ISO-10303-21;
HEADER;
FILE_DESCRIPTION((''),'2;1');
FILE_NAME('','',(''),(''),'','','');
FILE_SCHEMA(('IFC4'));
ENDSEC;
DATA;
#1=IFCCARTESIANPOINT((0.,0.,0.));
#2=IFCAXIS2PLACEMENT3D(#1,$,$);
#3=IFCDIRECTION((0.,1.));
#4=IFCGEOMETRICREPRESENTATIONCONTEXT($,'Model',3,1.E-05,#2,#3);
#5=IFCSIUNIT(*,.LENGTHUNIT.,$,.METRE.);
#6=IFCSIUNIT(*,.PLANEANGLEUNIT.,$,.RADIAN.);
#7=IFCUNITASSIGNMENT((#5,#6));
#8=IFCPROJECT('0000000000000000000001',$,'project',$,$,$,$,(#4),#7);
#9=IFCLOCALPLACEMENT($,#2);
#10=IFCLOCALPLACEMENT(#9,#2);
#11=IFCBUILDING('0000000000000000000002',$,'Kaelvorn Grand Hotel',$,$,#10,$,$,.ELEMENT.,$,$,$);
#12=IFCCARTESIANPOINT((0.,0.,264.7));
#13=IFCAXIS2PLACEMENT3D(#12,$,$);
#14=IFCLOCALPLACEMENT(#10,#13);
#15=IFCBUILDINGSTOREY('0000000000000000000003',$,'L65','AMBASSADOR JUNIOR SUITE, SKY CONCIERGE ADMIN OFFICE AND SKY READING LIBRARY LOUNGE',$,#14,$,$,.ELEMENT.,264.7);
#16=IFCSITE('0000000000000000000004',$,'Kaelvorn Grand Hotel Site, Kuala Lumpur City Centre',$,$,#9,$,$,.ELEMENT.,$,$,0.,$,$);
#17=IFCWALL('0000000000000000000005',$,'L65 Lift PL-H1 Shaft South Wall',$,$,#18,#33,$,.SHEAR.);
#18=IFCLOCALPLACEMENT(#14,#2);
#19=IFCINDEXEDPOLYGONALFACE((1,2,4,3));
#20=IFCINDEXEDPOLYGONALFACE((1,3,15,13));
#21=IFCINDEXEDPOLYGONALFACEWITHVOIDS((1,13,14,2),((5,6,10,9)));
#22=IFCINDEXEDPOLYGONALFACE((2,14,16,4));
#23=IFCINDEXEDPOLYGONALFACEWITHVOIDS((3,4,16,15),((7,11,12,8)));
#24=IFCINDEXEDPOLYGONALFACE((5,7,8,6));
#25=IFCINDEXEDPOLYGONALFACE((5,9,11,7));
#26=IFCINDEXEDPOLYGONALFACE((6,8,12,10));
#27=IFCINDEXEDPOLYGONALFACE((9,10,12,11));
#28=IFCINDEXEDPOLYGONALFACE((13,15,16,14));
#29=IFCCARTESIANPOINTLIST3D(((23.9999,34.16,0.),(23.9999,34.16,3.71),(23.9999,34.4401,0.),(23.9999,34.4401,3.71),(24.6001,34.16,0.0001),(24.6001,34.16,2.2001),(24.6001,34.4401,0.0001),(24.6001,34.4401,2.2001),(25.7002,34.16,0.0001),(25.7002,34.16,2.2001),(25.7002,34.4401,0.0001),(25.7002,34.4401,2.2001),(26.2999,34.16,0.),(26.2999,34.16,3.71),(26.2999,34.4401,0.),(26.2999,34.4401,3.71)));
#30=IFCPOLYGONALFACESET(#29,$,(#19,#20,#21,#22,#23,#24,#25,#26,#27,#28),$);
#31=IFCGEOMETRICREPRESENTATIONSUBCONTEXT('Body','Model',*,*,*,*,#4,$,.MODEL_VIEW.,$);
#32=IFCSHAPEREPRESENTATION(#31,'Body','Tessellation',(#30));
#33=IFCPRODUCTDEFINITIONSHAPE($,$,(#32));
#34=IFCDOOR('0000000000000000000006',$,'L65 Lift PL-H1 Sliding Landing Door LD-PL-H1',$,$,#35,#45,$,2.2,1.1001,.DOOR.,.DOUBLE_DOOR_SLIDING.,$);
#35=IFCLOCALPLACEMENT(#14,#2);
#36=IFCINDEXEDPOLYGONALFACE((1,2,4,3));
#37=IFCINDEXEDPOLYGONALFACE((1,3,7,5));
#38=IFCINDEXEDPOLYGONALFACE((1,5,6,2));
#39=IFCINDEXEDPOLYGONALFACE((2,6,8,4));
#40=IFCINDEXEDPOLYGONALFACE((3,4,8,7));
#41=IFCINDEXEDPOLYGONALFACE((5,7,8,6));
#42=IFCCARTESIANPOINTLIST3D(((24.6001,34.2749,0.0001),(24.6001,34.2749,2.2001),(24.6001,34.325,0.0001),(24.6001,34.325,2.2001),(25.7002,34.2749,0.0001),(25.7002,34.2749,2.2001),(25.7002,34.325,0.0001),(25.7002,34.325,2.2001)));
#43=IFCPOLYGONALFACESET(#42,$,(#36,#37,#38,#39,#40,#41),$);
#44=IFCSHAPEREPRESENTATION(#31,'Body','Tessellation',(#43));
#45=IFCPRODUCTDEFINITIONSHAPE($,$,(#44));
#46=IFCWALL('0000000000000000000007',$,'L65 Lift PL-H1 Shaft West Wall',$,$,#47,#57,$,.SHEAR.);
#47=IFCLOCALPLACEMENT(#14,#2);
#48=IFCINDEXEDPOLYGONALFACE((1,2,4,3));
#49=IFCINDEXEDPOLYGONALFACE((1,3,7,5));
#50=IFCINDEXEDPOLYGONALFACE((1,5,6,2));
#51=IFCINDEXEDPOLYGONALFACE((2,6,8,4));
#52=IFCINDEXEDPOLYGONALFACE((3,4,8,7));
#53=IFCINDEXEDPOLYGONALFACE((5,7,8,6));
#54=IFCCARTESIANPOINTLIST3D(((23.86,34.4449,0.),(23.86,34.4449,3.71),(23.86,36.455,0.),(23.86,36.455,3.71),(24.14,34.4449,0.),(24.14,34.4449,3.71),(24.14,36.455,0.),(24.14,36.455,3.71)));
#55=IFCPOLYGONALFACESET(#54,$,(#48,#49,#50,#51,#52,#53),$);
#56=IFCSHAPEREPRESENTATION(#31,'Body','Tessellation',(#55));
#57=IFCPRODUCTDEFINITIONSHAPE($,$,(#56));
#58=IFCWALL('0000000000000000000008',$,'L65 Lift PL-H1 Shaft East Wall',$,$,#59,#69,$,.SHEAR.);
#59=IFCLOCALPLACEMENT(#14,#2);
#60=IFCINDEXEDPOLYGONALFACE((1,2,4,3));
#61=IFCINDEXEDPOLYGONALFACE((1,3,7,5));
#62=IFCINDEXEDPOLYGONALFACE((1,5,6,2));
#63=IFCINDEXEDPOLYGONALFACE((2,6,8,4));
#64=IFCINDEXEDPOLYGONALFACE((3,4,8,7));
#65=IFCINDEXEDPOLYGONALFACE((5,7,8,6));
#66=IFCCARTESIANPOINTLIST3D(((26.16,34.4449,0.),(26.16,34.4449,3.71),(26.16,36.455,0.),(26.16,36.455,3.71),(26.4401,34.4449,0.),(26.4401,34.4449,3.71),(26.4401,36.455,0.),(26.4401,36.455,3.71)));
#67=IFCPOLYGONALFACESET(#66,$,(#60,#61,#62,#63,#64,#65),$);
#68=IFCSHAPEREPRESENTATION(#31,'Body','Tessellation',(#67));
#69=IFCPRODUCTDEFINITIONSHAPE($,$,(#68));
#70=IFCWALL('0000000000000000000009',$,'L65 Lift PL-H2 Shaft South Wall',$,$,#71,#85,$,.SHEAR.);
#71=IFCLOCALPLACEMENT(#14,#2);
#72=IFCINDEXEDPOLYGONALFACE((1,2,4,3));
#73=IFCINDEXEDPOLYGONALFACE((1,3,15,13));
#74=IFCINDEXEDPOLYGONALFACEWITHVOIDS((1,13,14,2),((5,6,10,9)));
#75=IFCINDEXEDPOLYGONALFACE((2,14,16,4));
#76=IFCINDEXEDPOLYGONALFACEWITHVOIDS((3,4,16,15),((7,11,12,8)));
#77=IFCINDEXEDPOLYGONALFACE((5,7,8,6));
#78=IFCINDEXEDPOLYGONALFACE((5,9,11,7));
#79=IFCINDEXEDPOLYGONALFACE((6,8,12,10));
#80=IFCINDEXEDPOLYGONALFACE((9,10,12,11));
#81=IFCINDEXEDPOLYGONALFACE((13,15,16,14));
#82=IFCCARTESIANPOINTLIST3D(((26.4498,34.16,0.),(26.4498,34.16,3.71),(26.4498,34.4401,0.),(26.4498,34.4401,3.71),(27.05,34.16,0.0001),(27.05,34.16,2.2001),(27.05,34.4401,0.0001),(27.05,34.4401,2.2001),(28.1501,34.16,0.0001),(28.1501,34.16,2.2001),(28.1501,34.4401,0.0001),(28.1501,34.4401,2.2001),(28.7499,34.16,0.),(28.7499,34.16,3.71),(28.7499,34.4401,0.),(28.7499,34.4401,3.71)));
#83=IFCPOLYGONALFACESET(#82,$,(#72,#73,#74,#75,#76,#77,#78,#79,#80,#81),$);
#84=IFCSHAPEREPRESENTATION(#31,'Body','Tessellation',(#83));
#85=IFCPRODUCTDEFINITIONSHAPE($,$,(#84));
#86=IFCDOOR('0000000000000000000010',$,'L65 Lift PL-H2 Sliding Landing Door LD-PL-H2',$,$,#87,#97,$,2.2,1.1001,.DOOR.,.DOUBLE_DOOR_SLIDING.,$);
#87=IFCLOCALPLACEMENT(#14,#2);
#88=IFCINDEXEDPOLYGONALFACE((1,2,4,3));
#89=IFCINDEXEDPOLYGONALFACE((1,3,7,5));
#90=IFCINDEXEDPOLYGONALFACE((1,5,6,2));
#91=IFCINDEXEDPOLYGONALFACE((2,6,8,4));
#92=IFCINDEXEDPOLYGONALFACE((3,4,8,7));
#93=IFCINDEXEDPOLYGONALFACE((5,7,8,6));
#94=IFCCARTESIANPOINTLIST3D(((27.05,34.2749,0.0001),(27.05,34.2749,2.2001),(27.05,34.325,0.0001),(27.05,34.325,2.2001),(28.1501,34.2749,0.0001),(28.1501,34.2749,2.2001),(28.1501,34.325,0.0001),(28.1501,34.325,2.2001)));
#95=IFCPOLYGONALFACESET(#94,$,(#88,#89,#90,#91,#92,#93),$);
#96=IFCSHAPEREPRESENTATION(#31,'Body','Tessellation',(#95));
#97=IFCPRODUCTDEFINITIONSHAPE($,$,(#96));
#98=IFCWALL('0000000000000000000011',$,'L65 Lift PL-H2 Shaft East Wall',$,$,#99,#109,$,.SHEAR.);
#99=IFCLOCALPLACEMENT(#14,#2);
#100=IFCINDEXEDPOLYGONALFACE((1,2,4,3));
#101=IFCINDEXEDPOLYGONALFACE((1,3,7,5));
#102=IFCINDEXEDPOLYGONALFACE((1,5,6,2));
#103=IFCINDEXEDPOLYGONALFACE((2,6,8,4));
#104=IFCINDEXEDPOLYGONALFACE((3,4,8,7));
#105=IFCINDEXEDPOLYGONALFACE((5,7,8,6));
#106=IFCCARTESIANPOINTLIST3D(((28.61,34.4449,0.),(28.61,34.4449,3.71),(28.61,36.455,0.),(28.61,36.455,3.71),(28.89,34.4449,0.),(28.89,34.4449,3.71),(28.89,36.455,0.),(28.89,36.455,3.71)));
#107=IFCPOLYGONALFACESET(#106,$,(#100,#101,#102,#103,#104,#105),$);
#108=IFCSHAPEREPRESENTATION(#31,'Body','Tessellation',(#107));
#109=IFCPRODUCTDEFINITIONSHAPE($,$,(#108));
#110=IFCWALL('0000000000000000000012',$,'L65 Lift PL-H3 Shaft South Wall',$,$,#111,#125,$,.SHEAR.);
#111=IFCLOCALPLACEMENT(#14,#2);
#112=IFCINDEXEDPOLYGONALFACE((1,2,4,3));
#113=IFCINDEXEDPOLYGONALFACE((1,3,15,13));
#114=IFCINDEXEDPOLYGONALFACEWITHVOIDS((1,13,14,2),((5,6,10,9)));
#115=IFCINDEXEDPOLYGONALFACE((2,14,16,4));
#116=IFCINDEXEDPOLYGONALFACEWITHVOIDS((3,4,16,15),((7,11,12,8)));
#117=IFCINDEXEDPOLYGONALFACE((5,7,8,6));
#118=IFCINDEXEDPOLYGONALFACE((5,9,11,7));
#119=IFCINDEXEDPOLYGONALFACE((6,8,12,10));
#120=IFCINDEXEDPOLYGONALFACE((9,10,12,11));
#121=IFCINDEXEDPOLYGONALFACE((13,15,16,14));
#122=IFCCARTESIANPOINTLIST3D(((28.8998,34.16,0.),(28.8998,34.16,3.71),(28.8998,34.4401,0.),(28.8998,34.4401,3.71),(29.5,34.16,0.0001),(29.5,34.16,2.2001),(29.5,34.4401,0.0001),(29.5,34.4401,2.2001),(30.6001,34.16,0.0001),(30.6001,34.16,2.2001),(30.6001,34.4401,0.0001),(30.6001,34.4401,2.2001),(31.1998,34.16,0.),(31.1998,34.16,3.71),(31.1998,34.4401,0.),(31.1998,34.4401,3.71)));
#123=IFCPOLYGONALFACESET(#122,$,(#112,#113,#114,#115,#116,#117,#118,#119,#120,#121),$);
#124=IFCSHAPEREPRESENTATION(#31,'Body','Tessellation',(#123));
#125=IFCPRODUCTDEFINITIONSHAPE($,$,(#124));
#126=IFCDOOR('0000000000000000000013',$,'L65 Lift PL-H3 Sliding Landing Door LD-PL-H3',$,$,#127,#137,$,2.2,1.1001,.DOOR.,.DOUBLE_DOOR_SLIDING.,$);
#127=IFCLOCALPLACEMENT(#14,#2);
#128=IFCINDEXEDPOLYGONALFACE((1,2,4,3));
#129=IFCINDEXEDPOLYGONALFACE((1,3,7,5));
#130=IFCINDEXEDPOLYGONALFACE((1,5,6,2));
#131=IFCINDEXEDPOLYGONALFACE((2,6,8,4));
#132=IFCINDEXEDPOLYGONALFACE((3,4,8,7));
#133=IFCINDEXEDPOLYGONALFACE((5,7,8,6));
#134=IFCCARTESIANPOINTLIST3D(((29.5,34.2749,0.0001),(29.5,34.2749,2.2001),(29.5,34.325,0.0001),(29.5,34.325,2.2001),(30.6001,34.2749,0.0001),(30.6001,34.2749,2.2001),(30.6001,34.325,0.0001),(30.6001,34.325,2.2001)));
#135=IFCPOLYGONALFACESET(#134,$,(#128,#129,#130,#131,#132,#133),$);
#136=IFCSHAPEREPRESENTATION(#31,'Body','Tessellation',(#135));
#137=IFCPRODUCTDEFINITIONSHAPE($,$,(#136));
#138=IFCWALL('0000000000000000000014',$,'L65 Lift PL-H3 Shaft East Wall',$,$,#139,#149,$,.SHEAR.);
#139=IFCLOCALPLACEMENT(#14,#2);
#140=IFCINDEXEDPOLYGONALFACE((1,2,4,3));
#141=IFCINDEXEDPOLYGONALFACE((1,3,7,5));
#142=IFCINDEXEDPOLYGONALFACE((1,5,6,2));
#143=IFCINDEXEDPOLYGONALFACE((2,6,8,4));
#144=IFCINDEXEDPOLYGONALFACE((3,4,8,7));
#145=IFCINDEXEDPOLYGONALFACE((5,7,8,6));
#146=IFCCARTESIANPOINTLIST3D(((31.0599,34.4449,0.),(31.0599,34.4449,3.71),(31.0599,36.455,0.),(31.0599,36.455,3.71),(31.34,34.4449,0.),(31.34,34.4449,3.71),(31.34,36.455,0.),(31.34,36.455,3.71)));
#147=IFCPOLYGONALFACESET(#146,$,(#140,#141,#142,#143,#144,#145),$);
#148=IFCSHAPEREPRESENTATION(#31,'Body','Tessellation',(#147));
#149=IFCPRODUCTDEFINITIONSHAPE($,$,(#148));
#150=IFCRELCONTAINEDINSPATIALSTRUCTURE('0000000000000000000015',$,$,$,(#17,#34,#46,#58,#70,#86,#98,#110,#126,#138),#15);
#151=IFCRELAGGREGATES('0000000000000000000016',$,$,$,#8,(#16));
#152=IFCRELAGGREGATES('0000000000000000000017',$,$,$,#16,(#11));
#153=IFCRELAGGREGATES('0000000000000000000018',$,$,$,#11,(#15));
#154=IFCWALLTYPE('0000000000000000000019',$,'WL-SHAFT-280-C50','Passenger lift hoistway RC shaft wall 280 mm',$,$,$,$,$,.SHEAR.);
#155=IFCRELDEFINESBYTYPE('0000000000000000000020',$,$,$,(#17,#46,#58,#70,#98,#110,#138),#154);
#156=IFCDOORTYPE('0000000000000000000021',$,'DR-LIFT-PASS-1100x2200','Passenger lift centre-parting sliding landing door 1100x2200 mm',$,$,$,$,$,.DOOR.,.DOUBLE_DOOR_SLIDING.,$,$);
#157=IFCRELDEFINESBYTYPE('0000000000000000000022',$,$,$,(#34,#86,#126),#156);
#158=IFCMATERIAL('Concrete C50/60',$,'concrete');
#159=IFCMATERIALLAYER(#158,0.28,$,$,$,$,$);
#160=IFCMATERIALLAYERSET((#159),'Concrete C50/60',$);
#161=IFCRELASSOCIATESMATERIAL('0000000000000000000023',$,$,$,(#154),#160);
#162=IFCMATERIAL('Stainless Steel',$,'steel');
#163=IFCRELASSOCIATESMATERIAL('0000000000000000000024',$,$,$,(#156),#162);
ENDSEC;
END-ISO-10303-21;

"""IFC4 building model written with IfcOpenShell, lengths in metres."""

from ifc_helpers import new_model, si_unit, direction, frame, frame_2d, origin, place, context, subcontext, project, spatial, rectangle, extrude, material, layer, layer_set, type_object, element, fill, save


model = new_model("IFC4")

# Units and contexts
model_context = context("Model", 3, precision=1e-05, world=origin(), true_north=direction((0.0, 1.0)))
body_context = subcontext(model_context, "Body", "Model", "MODEL_VIEW")
ifc_project = project(units=[si_unit("LENGTHUNIT", "METRE"), si_unit("PLANEANGLEUNIT", "RADIAN")], contexts=[model_context])

# Site, building, storey
site_placement = place(None, origin())
site = spatial("IfcSite", under=ifc_project, at=site_placement, Name="Kaelvorn Grand Hotel Site, Kuala Lumpur City Centre", CompositionType="ELEMENT", RefElevation=0.0)
building_placement = place(site_placement, origin())
building = spatial("IfcBuilding", under=site, at=building_placement, Name="Kaelvorn Grand Hotel", CompositionType="ELEMENT")
storey_placement = place(building_placement, frame((0.0, 0.0, 264.7)))
storey = spatial("IfcBuildingStorey", under=building, at=storey_placement, Name="L65", Description="AMBASSADOR JUNIOR SUITE, SKY CONCIERGE ADMIN OFFICE AND SKY READING LIBRARY LOUNGE", CompositionType="ELEMENT", Elevation=264.7)

# Shared definitions
ifc_material_1 = material(Name="Concrete C50/60", Category="concrete")

# Wall, opening, door
ifc_layer_1 = layer(ifc_material_1, 0.28)
ifc_layer_set_1 = layer_set([ifc_layer_1], Name="Concrete C50/60")
wall_type_1 = type_object("IfcWallType", Name="WL-SHAFT-280-C50", Description="Passenger lift hoistway RC shaft wall 280 mm", PredefinedType="SHEAR", material=ifc_layer_set_1)
wall_1_placement = place(storey_placement, frame((24.0, 34.3, 0.0), z_axis=(0.0, 0.0, 1.0), x_axis=(1.0, 0.0, 0.0)))
wall_1 = element("IfcWall", 1, at=wall_1_placement, inside=storey, type_object=wall_type_1, Name="L65 Lift PL-H1 Shaft South Wall", PredefinedType="SHEAR", context=body_context, shape_type="SweptSolid", body=[
    extrude(rectangle(XDim=2.3, YDim=0.28, at=frame_2d((1.1499, 0.0))), origin(), (0.0, 0.0, 1.0), 3.71),
])
opening_1_placement = place(wall_1_placement, frame((0.6001, 0.0, 0.0)))
opening_1 = element("IfcOpeningElement", 2, at=opening_1_placement, cuts=wall_1, PredefinedType="OPENING", context=body_context, shape_type="SweptSolid", body=[
    extrude(rectangle(XDim=1.1001, YDim=2.2, at=frame_2d((0.55, 1.1001))), frame((0.0, 0.1499, 0.0), z_axis=(0.0, -1.0, 0.0), x_axis=(1.0, 0.0, 0.0)), (0.0, 0.0, 1.0), 0.3),
])
ifc_material_2 = material(Name="Stainless Steel", Category="steel")
door_type_1 = type_object("IfcDoorType", Name="DR-LIFT-PASS-1100x2200", Description="Passenger lift centre-parting sliding landing door 1100x2200 mm", OperationType="DOUBLE_DOOR_SLIDING", PredefinedType="DOOR", material=ifc_material_2)
door_1_placement = place(opening_1_placement, origin())
door_1 = element("IfcDoor", 3, at=door_1_placement, inside=storey, type_object=door_type_1, Name="L65 Lift PL-H1 Sliding Landing Door LD-PL-H1", OperationType="DOUBLE_DOOR_SLIDING", OverallHeight=2.2, OverallWidth=1.1001, PredefinedType="DOOR", context=body_context, shape_type="SweptSolid", body=[
    extrude(rectangle(XDim=1.1001, YDim=2.2, at=frame_2d((0.55, 1.1001))), frame((0.0, 0.0249, 0.0), z_axis=(0.0, -1.0, 0.0), x_axis=(1.0, 0.0, 0.0)), (0.0, 0.0, 1.0), 0.05),
])
fill(opening_1, door_1)

# Walls
for number, where, z_axis, x_axis, name in (
    (4, (24.0, 34.4451, 0.0), (0.0, 0.0, 1.0), (0.0, 1.0, 0.0), "L65 Lift PL-H1 Shaft West Wall"),
    (5, (26.3, 34.4451, 0.0), (0.0, 0.0, 1.0), (0.0, 1.0, 0.0), "L65 Lift PL-H1 Shaft East Wall"),
):
    element("IfcWall", number, at=place(storey_placement, frame(where, z_axis=z_axis, x_axis=x_axis)), inside=storey, type_object=wall_type_1, Name=name, PredefinedType="SHEAR", context=body_context, shape_type="SweptSolid", body=[
        extrude(rectangle(XDim=2.01, YDim=0.28, at=frame_2d((1.0049, 0.0))), origin(), (0.0, 0.0, 1.0), 3.71),
    ])

# Wall, opening, door
wall_2_placement = place(storey_placement, frame((26.45, 34.3, 0.0), z_axis=(0.0, 0.0, 1.0), x_axis=(1.0, 0.0, 0.0)))
wall_2 = element("IfcWall", 6, at=wall_2_placement, inside=storey, type_object=wall_type_1, Name="L65 Lift PL-H2 Shaft South Wall", PredefinedType="SHEAR", context=body_context, shape_type="SweptSolid", body=[
    extrude(rectangle(XDim=2.3, YDim=0.28, at=frame_2d((1.1499, 0.0))), origin(), (0.0, 0.0, 1.0), 3.71),
])
opening_2_placement = place(wall_2_placement, frame((0.6001, 0.0, 0.0)))
opening_2 = element("IfcOpeningElement", 7, at=opening_2_placement, cuts=wall_2, PredefinedType="OPENING", context=body_context, shape_type="SweptSolid", body=[
    extrude(rectangle(XDim=1.1001, YDim=2.2, at=frame_2d((0.55, 1.1001))), frame((0.0, 0.1499, 0.0), z_axis=(0.0, -1.0, 0.0), x_axis=(1.0, 0.0, 0.0)), (0.0, 0.0, 1.0), 0.3),
])
door_2_placement = place(opening_2_placement, origin())
door_2 = element("IfcDoor", 8, at=door_2_placement, inside=storey, type_object=door_type_1, Name="L65 Lift PL-H2 Sliding Landing Door LD-PL-H2", OperationType="DOUBLE_DOOR_SLIDING", OverallHeight=2.2, OverallWidth=1.1001, PredefinedType="DOOR", context=body_context, shape_type="SweptSolid", body=[
    extrude(rectangle(XDim=1.1001, YDim=2.2, at=frame_2d((0.55, 1.1001))), frame((0.0, 0.0249, 0.0), z_axis=(0.0, -1.0, 0.0), x_axis=(1.0, 0.0, 0.0)), (0.0, 0.0, 1.0), 0.05),
])
fill(opening_2, door_2)

# Wall
wall_3_placement = place(storey_placement, frame((28.75, 34.4451, 0.0), z_axis=(0.0, 0.0, 1.0), x_axis=(0.0, 1.0, 0.0)))
element("IfcWall", 9, at=wall_3_placement, inside=storey, type_object=wall_type_1, Name="L65 Lift PL-H2 Shaft East Wall", PredefinedType="SHEAR", context=body_context, shape_type="SweptSolid", body=[
    extrude(rectangle(XDim=2.01, YDim=0.28, at=frame_2d((1.0049, 0.0))), origin(), (0.0, 0.0, 1.0), 3.71),
])

# Wall, opening, door
wall_4_placement = place(storey_placement, frame((28.8999, 34.3, 0.0), z_axis=(0.0, 0.0, 1.0), x_axis=(1.0, 0.0, 0.0)))
wall_4 = element("IfcWall", 10, at=wall_4_placement, inside=storey, type_object=wall_type_1, Name="L65 Lift PL-H3 Shaft South Wall", PredefinedType="SHEAR", context=body_context, shape_type="SweptSolid", body=[
    extrude(rectangle(XDim=2.3, YDim=0.28, at=frame_2d((1.1499, 0.0))), origin(), (0.0, 0.0, 1.0), 3.71),
])
opening_3_placement = place(wall_4_placement, frame((0.6001, 0.0, 0.0)))
opening_3 = element("IfcOpeningElement", 11, at=opening_3_placement, cuts=wall_4, PredefinedType="OPENING", context=body_context, shape_type="SweptSolid", body=[
    extrude(rectangle(XDim=1.1001, YDim=2.2, at=frame_2d((0.55, 1.1001))), frame((0.0, 0.1499, 0.0), z_axis=(0.0, -1.0, 0.0), x_axis=(1.0, 0.0, 0.0)), (0.0, 0.0, 1.0), 0.3),
])
door_3_placement = place(opening_3_placement, origin())
door_3 = element("IfcDoor", 12, at=door_3_placement, inside=storey, type_object=door_type_1, Name="L65 Lift PL-H3 Sliding Landing Door LD-PL-H3", OperationType="DOUBLE_DOOR_SLIDING", OverallHeight=2.2, OverallWidth=1.1001, PredefinedType="DOOR", context=body_context, shape_type="SweptSolid", body=[
    extrude(rectangle(XDim=1.1001, YDim=2.2, at=frame_2d((0.55, 1.1001))), frame((0.0, 0.0249, 0.0), z_axis=(0.0, -1.0, 0.0), x_axis=(1.0, 0.0, 0.0)), (0.0, 0.0, 1.0), 0.05),
])
fill(opening_3, door_3)

# Wall
wall_5_placement = place(storey_placement, frame((31.2, 34.4451, 0.0), z_axis=(0.0, 0.0, 1.0), x_axis=(0.0, 1.0, 0.0)))
element("IfcWall", 13, at=wall_5_placement, inside=storey, type_object=wall_type_1, Name="L65 Lift PL-H3 Shaft East Wall", PredefinedType="SHEAR", context=body_context, shape_type="SweptSolid", body=[
    extrude(rectangle(XDim=2.01, YDim=0.28, at=frame_2d((1.0049, 0.0))), origin(), (0.0, 0.0, 1.0), 3.71),
])

save(model, "model.ifc")
